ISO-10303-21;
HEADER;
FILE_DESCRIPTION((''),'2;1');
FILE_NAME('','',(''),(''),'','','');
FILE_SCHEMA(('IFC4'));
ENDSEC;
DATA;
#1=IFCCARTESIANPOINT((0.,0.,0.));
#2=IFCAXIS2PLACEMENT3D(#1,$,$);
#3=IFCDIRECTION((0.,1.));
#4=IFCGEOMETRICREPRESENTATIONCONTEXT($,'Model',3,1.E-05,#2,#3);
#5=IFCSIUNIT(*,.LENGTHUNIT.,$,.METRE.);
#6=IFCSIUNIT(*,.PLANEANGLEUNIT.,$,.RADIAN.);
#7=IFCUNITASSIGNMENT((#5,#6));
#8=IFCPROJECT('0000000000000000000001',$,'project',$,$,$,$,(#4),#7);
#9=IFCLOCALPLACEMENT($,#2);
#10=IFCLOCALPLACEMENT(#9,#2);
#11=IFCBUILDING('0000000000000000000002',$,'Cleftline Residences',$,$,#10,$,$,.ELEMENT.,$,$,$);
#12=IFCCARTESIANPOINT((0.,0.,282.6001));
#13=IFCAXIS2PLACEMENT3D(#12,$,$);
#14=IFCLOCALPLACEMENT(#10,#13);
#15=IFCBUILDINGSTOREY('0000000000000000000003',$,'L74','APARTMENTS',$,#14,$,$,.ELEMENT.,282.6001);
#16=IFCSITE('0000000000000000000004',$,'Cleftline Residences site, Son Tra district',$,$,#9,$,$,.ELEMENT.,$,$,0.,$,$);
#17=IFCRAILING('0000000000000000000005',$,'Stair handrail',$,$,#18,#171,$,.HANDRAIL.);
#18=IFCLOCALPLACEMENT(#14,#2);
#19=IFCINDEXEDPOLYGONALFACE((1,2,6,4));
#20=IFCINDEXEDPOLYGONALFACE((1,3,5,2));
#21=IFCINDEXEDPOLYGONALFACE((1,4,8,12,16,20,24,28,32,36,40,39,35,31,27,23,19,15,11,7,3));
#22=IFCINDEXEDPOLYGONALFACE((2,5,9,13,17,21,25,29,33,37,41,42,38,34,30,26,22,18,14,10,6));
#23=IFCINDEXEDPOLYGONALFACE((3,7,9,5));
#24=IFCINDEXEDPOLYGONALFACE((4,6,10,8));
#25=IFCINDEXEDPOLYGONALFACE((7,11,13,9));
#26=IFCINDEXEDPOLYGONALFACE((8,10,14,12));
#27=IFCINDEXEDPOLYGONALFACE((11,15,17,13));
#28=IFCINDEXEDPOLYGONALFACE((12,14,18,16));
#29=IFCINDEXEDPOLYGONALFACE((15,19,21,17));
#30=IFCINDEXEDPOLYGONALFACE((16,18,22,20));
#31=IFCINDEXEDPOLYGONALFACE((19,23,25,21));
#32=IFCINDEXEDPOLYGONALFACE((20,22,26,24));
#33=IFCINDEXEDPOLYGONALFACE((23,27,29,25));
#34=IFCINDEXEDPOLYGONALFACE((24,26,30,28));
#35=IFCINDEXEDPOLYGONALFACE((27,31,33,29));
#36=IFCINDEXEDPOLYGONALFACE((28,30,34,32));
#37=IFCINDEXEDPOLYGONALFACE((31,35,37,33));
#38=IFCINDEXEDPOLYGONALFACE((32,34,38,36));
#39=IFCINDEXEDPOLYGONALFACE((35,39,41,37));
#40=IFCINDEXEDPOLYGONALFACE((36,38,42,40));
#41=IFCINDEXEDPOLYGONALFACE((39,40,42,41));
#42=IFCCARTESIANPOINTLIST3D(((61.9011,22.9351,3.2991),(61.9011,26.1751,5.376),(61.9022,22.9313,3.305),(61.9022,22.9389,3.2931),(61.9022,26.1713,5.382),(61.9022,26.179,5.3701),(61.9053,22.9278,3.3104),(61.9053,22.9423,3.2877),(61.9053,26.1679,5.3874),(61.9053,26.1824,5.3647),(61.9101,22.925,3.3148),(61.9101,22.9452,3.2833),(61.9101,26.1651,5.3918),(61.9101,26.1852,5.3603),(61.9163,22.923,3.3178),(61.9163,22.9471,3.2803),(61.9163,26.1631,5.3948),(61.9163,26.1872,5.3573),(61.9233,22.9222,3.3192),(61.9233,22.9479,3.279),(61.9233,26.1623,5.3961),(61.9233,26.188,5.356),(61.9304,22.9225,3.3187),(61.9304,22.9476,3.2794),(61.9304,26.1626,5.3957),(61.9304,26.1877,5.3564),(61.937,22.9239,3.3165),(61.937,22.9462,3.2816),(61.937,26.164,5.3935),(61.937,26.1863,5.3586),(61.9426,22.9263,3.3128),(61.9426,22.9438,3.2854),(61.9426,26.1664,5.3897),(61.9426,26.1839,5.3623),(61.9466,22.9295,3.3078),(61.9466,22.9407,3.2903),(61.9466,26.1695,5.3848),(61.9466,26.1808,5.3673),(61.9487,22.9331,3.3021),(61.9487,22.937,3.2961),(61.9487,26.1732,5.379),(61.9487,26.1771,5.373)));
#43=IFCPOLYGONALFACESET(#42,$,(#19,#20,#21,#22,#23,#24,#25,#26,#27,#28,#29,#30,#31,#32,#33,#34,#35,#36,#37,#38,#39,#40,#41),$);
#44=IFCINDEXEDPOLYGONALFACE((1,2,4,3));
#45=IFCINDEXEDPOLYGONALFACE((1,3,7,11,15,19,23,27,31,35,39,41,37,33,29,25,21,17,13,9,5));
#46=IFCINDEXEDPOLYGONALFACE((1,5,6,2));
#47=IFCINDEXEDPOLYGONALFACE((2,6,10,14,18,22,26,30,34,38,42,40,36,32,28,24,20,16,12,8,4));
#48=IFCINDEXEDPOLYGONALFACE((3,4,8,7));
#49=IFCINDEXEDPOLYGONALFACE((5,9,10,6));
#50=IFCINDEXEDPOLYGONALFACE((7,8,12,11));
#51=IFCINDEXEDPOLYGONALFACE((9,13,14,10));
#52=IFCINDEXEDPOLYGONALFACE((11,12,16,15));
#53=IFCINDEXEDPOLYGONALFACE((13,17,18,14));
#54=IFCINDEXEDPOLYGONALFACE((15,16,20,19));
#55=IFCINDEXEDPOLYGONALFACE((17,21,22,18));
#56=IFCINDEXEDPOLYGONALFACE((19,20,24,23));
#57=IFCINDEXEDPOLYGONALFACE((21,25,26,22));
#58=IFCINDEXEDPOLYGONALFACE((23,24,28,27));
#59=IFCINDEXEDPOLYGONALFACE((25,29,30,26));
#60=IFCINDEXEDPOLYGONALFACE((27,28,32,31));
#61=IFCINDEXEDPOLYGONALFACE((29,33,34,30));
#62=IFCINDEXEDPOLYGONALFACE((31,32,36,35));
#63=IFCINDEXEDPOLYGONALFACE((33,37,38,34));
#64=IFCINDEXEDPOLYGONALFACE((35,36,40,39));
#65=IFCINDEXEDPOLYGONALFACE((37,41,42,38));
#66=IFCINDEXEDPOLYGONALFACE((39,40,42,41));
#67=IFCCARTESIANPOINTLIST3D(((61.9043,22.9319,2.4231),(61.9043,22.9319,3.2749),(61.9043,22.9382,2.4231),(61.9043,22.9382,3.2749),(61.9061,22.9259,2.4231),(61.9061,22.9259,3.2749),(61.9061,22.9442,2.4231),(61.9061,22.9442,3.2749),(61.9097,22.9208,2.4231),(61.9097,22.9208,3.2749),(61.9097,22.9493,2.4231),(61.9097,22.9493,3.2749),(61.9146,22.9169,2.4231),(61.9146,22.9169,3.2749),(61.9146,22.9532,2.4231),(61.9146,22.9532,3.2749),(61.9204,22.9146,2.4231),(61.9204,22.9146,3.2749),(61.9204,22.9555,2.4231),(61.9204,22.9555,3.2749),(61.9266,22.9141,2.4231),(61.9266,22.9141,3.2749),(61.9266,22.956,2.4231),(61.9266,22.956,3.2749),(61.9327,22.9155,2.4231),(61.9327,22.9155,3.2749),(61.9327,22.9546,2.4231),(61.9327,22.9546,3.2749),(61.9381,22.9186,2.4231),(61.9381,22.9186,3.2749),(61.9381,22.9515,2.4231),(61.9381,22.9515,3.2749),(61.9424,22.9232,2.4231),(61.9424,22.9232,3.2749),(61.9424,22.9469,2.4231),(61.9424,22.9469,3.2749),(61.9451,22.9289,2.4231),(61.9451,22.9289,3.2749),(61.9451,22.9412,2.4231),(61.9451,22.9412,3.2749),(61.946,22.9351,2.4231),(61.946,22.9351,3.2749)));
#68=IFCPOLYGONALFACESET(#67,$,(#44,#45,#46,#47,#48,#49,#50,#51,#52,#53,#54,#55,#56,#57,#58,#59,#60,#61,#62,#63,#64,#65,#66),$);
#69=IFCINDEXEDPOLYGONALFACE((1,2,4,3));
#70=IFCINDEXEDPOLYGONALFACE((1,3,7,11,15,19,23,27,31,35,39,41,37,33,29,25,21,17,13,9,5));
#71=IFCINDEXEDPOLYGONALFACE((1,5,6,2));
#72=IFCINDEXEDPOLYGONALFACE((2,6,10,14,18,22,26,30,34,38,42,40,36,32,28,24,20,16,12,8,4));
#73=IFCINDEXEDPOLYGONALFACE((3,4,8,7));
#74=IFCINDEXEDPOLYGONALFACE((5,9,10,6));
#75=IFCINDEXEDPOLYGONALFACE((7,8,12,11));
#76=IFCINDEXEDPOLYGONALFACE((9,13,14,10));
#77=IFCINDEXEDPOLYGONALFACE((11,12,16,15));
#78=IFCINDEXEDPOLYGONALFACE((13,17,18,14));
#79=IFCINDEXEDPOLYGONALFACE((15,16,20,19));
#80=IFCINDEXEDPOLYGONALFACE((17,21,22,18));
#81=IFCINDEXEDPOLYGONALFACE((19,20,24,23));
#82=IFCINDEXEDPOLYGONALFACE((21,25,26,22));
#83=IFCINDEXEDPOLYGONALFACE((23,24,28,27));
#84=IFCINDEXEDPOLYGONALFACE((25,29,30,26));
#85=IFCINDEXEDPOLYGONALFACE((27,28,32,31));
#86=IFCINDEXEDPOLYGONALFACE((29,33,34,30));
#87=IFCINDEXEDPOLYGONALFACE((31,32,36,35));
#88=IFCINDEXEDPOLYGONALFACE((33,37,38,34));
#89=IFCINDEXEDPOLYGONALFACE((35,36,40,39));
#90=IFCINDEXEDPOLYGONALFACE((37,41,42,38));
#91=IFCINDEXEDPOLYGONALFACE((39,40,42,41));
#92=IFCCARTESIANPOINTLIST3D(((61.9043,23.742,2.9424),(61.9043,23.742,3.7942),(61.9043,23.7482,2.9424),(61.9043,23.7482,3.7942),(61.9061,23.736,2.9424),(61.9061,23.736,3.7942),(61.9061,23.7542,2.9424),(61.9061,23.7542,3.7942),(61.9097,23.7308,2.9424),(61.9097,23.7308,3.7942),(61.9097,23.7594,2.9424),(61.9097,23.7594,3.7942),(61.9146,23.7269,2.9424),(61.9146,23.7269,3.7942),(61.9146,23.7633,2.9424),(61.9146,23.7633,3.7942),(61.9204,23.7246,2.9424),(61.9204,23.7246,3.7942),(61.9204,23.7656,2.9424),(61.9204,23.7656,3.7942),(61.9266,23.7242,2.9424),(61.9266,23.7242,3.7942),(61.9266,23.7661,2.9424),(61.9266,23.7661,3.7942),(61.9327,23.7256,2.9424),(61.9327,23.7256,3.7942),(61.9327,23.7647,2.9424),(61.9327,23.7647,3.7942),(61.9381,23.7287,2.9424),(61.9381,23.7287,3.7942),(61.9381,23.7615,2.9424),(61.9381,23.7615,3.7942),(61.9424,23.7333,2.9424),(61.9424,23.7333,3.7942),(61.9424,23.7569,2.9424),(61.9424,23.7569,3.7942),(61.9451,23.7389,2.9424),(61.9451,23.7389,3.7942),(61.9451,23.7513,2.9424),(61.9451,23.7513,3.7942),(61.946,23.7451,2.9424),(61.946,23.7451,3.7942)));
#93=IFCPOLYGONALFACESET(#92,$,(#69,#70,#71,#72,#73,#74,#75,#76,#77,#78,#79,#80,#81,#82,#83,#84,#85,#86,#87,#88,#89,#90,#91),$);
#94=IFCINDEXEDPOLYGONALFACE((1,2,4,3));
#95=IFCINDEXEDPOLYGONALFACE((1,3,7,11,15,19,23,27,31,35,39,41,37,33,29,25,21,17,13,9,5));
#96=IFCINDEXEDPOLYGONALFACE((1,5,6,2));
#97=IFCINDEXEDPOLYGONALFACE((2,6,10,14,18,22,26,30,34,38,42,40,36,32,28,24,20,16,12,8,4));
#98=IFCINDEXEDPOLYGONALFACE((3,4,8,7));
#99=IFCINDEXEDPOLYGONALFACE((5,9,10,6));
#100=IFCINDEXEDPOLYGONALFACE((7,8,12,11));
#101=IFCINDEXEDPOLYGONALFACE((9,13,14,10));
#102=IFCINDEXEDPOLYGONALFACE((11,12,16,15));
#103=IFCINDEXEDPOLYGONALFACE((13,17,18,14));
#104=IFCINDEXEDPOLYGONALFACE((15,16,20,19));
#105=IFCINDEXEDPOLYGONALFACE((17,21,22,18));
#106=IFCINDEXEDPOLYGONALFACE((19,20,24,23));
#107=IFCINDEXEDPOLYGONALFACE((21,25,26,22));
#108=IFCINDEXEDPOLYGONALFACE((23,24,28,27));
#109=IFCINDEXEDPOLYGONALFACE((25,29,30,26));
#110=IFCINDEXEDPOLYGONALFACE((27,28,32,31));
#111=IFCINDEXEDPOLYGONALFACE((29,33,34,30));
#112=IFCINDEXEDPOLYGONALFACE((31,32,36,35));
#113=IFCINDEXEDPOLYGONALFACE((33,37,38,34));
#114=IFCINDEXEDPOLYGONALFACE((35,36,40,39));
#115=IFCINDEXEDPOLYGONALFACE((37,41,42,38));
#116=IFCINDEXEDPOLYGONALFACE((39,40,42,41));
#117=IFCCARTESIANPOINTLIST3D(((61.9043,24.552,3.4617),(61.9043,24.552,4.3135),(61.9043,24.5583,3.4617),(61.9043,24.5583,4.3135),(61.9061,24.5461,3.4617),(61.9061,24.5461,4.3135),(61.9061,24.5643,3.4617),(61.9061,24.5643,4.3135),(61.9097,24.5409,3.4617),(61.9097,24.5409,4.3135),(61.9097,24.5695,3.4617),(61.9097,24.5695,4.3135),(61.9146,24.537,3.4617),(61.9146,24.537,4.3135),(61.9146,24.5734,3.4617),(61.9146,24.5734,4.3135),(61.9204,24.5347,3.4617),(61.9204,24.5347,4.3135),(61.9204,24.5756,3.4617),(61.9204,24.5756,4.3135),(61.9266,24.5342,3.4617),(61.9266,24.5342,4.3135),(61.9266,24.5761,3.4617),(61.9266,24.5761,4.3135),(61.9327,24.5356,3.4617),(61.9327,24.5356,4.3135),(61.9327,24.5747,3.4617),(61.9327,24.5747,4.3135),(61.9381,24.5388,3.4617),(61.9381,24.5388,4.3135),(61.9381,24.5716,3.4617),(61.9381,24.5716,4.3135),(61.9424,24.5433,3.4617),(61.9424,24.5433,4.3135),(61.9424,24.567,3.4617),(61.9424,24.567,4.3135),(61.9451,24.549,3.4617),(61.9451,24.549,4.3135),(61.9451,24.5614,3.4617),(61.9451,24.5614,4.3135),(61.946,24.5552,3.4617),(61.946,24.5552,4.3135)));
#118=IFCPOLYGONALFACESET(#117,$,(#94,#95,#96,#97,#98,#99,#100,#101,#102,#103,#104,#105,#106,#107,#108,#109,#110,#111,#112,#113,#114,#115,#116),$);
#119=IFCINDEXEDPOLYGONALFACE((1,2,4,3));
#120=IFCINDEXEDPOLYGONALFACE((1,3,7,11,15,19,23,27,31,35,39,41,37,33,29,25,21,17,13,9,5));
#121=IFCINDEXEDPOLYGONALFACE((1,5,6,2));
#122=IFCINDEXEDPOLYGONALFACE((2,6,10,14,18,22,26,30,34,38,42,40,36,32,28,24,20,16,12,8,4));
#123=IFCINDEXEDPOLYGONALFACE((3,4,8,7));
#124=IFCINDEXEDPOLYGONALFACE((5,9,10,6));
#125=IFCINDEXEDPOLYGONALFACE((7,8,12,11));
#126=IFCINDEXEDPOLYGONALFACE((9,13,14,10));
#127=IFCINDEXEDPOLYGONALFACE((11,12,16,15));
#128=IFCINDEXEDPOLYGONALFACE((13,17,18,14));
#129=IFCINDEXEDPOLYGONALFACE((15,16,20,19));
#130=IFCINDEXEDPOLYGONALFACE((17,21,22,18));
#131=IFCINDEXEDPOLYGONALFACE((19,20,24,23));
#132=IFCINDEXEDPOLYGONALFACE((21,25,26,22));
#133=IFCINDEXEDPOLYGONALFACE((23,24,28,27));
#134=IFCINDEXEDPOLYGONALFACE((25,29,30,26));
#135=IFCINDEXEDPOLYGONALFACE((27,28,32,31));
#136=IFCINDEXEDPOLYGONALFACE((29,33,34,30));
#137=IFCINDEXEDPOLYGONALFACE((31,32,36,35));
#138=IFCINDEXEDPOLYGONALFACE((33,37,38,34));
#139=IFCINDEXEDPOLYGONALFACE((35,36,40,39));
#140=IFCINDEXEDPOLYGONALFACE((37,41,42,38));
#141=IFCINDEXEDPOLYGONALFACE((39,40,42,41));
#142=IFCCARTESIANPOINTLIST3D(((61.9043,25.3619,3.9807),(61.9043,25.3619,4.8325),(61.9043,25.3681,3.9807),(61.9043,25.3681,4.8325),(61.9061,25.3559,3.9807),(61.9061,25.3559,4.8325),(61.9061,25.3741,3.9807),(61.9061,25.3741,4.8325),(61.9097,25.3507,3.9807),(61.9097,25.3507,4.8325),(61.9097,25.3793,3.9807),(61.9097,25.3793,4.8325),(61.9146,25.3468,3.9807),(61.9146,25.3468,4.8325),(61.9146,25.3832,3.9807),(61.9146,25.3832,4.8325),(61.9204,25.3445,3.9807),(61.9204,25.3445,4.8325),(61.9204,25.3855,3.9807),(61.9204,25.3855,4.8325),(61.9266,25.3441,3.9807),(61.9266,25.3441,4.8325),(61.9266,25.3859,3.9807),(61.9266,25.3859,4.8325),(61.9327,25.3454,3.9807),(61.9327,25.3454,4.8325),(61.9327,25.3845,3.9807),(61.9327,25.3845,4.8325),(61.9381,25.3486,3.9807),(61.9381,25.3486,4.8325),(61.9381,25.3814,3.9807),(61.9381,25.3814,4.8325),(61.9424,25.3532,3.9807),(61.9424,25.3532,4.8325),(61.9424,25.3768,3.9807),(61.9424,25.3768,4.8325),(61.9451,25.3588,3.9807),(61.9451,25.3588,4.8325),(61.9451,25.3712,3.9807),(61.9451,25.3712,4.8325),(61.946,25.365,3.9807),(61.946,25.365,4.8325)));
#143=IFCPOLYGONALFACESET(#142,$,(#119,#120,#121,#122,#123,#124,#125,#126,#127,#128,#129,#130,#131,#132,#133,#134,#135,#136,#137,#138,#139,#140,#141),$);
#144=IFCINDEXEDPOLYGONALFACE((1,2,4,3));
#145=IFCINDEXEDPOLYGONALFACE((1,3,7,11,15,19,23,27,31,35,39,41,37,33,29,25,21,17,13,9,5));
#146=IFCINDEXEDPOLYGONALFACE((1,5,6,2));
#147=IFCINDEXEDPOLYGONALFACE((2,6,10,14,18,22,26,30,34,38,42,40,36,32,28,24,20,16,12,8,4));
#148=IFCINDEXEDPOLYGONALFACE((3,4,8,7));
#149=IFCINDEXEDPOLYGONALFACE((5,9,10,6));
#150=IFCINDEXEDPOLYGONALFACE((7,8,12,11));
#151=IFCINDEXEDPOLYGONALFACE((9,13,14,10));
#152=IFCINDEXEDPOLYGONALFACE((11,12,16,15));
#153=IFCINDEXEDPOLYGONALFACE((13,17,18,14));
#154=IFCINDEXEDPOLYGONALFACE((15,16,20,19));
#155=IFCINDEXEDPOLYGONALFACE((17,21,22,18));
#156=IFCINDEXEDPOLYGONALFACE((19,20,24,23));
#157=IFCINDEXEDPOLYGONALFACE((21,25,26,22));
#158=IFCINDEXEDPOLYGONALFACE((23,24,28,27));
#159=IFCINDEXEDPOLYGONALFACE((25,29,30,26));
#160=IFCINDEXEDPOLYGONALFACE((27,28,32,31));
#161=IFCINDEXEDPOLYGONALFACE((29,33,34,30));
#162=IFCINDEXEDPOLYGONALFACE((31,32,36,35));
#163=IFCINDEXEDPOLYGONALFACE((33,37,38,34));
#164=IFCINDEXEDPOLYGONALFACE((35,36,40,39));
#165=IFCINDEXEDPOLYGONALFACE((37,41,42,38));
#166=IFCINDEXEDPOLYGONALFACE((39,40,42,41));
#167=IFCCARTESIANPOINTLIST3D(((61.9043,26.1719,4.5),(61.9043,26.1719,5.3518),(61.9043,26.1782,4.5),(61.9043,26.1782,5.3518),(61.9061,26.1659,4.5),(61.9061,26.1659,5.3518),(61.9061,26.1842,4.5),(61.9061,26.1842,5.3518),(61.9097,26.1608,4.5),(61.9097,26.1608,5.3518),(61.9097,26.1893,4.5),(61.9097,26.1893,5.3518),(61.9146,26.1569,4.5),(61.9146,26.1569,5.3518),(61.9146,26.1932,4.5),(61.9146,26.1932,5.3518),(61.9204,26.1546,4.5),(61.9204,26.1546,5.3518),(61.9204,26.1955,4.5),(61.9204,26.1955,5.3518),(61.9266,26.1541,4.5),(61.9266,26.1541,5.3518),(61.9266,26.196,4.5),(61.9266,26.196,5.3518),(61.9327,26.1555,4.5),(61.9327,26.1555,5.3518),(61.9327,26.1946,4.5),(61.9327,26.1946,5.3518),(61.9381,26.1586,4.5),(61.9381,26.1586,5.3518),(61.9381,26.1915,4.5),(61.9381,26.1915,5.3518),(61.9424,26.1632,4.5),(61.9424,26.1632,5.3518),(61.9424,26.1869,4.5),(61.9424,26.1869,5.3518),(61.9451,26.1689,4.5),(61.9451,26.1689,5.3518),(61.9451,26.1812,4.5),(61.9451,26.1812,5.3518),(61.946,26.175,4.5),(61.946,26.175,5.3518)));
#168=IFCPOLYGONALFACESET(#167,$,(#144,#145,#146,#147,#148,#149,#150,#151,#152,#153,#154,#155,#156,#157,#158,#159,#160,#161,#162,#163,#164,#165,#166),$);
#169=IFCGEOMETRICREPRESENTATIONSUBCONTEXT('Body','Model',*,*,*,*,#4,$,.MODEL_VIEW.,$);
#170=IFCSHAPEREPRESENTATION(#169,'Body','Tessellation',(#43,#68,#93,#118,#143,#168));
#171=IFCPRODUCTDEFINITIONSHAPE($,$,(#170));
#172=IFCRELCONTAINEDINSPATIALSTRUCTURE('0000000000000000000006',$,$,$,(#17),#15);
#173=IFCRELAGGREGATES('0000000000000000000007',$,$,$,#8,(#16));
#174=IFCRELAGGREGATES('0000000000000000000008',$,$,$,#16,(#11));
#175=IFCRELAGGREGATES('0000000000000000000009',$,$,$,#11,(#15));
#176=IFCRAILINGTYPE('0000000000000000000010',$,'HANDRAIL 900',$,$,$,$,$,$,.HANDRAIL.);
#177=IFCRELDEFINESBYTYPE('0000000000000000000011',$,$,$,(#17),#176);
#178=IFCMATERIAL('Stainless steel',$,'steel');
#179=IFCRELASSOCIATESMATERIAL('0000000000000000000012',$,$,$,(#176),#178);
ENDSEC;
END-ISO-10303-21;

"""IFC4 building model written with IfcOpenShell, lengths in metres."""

from ifc_helpers import new_model, si_unit, direction, frame, origin, origin_2d, place, context, subcontext, project, spatial, circle, extrude, material, type_object, element, save


model = new_model("IFC4")

# Units and contexts
model_context = context("Model", 3, precision=1e-05, world=origin(), true_north=direction((0.0, 1.0)))
body_context = subcontext(model_context, "Body", "Model", "MODEL_VIEW")
ifc_project = project(units=[si_unit("LENGTHUNIT", "METRE"), si_unit("PLANEANGLEUNIT", "RADIAN")], contexts=[model_context])

# Site, building, storey
site_placement = place(None, origin())
site = spatial("IfcSite", under=ifc_project, at=site_placement, Name="Cleftline Residences site, Son Tra district", CompositionType="ELEMENT", RefElevation=0.0)
building_placement = place(site_placement, origin())
building = spatial("IfcBuilding", under=site, at=building_placement, Name="Cleftline Residences", CompositionType="ELEMENT")
storey_placement = place(building_placement, frame((0.0, 0.0, 282.6001)))
storey = spatial("IfcBuildingStorey", under=building, at=storey_placement, Name="L74", Description="APARTMENTS", CompositionType="ELEMENT", Elevation=282.6001)

# Railing
ifc_material_1 = material(Name="Stainless steel", Category="steel")
railing_type = type_object("IfcRailingType", Name="HANDRAIL 900", PredefinedType="HANDRAIL", material=ifc_material_1)
railing_placement = place(storey_placement, frame((61.925, 22.9351, 2.4231)))
element("IfcRailing", 1, at=railing_placement, inside=storey, type_object=railing_type, Name="Stair handrail", PredefinedType="HANDRAIL", context=body_context, shape_type="SweptSolid", body=[
    extrude(circle(Radius=0.0239, at=origin_2d()), frame((0.0, 0.0, 0.876), z_axis=(0.0, 0.841881, 0.539664), x_axis=(-1.0, 0.0, 0.0)), (0.0, 0.0, 1.0), 3.8486),
    extrude(circle(Radius=0.021, at=origin_2d()), origin(), (0.0, 0.0, 1.0), 0.8518),
    extrude(circle(Radius=0.021, at=origin_2d()), frame((0.0, 0.8101, 0.5193)), (0.0, 0.0, 1.0), 0.8518),
    extrude(circle(Radius=0.021, at=origin_2d()), frame((0.0, 1.6201, 1.0386)), (0.0, 0.0, 1.0), 0.8518),
    extrude(circle(Radius=0.021, at=origin_2d()), frame((0.0, 2.4299, 1.5576)), (0.0, 0.0, 1.0), 0.8518),
    extrude(circle(Radius=0.021, at=origin_2d()), frame((0.0, 3.24, 2.0769)), (0.0, 0.0, 1.0), 0.8518),
])

save(model, "model.ifc")
